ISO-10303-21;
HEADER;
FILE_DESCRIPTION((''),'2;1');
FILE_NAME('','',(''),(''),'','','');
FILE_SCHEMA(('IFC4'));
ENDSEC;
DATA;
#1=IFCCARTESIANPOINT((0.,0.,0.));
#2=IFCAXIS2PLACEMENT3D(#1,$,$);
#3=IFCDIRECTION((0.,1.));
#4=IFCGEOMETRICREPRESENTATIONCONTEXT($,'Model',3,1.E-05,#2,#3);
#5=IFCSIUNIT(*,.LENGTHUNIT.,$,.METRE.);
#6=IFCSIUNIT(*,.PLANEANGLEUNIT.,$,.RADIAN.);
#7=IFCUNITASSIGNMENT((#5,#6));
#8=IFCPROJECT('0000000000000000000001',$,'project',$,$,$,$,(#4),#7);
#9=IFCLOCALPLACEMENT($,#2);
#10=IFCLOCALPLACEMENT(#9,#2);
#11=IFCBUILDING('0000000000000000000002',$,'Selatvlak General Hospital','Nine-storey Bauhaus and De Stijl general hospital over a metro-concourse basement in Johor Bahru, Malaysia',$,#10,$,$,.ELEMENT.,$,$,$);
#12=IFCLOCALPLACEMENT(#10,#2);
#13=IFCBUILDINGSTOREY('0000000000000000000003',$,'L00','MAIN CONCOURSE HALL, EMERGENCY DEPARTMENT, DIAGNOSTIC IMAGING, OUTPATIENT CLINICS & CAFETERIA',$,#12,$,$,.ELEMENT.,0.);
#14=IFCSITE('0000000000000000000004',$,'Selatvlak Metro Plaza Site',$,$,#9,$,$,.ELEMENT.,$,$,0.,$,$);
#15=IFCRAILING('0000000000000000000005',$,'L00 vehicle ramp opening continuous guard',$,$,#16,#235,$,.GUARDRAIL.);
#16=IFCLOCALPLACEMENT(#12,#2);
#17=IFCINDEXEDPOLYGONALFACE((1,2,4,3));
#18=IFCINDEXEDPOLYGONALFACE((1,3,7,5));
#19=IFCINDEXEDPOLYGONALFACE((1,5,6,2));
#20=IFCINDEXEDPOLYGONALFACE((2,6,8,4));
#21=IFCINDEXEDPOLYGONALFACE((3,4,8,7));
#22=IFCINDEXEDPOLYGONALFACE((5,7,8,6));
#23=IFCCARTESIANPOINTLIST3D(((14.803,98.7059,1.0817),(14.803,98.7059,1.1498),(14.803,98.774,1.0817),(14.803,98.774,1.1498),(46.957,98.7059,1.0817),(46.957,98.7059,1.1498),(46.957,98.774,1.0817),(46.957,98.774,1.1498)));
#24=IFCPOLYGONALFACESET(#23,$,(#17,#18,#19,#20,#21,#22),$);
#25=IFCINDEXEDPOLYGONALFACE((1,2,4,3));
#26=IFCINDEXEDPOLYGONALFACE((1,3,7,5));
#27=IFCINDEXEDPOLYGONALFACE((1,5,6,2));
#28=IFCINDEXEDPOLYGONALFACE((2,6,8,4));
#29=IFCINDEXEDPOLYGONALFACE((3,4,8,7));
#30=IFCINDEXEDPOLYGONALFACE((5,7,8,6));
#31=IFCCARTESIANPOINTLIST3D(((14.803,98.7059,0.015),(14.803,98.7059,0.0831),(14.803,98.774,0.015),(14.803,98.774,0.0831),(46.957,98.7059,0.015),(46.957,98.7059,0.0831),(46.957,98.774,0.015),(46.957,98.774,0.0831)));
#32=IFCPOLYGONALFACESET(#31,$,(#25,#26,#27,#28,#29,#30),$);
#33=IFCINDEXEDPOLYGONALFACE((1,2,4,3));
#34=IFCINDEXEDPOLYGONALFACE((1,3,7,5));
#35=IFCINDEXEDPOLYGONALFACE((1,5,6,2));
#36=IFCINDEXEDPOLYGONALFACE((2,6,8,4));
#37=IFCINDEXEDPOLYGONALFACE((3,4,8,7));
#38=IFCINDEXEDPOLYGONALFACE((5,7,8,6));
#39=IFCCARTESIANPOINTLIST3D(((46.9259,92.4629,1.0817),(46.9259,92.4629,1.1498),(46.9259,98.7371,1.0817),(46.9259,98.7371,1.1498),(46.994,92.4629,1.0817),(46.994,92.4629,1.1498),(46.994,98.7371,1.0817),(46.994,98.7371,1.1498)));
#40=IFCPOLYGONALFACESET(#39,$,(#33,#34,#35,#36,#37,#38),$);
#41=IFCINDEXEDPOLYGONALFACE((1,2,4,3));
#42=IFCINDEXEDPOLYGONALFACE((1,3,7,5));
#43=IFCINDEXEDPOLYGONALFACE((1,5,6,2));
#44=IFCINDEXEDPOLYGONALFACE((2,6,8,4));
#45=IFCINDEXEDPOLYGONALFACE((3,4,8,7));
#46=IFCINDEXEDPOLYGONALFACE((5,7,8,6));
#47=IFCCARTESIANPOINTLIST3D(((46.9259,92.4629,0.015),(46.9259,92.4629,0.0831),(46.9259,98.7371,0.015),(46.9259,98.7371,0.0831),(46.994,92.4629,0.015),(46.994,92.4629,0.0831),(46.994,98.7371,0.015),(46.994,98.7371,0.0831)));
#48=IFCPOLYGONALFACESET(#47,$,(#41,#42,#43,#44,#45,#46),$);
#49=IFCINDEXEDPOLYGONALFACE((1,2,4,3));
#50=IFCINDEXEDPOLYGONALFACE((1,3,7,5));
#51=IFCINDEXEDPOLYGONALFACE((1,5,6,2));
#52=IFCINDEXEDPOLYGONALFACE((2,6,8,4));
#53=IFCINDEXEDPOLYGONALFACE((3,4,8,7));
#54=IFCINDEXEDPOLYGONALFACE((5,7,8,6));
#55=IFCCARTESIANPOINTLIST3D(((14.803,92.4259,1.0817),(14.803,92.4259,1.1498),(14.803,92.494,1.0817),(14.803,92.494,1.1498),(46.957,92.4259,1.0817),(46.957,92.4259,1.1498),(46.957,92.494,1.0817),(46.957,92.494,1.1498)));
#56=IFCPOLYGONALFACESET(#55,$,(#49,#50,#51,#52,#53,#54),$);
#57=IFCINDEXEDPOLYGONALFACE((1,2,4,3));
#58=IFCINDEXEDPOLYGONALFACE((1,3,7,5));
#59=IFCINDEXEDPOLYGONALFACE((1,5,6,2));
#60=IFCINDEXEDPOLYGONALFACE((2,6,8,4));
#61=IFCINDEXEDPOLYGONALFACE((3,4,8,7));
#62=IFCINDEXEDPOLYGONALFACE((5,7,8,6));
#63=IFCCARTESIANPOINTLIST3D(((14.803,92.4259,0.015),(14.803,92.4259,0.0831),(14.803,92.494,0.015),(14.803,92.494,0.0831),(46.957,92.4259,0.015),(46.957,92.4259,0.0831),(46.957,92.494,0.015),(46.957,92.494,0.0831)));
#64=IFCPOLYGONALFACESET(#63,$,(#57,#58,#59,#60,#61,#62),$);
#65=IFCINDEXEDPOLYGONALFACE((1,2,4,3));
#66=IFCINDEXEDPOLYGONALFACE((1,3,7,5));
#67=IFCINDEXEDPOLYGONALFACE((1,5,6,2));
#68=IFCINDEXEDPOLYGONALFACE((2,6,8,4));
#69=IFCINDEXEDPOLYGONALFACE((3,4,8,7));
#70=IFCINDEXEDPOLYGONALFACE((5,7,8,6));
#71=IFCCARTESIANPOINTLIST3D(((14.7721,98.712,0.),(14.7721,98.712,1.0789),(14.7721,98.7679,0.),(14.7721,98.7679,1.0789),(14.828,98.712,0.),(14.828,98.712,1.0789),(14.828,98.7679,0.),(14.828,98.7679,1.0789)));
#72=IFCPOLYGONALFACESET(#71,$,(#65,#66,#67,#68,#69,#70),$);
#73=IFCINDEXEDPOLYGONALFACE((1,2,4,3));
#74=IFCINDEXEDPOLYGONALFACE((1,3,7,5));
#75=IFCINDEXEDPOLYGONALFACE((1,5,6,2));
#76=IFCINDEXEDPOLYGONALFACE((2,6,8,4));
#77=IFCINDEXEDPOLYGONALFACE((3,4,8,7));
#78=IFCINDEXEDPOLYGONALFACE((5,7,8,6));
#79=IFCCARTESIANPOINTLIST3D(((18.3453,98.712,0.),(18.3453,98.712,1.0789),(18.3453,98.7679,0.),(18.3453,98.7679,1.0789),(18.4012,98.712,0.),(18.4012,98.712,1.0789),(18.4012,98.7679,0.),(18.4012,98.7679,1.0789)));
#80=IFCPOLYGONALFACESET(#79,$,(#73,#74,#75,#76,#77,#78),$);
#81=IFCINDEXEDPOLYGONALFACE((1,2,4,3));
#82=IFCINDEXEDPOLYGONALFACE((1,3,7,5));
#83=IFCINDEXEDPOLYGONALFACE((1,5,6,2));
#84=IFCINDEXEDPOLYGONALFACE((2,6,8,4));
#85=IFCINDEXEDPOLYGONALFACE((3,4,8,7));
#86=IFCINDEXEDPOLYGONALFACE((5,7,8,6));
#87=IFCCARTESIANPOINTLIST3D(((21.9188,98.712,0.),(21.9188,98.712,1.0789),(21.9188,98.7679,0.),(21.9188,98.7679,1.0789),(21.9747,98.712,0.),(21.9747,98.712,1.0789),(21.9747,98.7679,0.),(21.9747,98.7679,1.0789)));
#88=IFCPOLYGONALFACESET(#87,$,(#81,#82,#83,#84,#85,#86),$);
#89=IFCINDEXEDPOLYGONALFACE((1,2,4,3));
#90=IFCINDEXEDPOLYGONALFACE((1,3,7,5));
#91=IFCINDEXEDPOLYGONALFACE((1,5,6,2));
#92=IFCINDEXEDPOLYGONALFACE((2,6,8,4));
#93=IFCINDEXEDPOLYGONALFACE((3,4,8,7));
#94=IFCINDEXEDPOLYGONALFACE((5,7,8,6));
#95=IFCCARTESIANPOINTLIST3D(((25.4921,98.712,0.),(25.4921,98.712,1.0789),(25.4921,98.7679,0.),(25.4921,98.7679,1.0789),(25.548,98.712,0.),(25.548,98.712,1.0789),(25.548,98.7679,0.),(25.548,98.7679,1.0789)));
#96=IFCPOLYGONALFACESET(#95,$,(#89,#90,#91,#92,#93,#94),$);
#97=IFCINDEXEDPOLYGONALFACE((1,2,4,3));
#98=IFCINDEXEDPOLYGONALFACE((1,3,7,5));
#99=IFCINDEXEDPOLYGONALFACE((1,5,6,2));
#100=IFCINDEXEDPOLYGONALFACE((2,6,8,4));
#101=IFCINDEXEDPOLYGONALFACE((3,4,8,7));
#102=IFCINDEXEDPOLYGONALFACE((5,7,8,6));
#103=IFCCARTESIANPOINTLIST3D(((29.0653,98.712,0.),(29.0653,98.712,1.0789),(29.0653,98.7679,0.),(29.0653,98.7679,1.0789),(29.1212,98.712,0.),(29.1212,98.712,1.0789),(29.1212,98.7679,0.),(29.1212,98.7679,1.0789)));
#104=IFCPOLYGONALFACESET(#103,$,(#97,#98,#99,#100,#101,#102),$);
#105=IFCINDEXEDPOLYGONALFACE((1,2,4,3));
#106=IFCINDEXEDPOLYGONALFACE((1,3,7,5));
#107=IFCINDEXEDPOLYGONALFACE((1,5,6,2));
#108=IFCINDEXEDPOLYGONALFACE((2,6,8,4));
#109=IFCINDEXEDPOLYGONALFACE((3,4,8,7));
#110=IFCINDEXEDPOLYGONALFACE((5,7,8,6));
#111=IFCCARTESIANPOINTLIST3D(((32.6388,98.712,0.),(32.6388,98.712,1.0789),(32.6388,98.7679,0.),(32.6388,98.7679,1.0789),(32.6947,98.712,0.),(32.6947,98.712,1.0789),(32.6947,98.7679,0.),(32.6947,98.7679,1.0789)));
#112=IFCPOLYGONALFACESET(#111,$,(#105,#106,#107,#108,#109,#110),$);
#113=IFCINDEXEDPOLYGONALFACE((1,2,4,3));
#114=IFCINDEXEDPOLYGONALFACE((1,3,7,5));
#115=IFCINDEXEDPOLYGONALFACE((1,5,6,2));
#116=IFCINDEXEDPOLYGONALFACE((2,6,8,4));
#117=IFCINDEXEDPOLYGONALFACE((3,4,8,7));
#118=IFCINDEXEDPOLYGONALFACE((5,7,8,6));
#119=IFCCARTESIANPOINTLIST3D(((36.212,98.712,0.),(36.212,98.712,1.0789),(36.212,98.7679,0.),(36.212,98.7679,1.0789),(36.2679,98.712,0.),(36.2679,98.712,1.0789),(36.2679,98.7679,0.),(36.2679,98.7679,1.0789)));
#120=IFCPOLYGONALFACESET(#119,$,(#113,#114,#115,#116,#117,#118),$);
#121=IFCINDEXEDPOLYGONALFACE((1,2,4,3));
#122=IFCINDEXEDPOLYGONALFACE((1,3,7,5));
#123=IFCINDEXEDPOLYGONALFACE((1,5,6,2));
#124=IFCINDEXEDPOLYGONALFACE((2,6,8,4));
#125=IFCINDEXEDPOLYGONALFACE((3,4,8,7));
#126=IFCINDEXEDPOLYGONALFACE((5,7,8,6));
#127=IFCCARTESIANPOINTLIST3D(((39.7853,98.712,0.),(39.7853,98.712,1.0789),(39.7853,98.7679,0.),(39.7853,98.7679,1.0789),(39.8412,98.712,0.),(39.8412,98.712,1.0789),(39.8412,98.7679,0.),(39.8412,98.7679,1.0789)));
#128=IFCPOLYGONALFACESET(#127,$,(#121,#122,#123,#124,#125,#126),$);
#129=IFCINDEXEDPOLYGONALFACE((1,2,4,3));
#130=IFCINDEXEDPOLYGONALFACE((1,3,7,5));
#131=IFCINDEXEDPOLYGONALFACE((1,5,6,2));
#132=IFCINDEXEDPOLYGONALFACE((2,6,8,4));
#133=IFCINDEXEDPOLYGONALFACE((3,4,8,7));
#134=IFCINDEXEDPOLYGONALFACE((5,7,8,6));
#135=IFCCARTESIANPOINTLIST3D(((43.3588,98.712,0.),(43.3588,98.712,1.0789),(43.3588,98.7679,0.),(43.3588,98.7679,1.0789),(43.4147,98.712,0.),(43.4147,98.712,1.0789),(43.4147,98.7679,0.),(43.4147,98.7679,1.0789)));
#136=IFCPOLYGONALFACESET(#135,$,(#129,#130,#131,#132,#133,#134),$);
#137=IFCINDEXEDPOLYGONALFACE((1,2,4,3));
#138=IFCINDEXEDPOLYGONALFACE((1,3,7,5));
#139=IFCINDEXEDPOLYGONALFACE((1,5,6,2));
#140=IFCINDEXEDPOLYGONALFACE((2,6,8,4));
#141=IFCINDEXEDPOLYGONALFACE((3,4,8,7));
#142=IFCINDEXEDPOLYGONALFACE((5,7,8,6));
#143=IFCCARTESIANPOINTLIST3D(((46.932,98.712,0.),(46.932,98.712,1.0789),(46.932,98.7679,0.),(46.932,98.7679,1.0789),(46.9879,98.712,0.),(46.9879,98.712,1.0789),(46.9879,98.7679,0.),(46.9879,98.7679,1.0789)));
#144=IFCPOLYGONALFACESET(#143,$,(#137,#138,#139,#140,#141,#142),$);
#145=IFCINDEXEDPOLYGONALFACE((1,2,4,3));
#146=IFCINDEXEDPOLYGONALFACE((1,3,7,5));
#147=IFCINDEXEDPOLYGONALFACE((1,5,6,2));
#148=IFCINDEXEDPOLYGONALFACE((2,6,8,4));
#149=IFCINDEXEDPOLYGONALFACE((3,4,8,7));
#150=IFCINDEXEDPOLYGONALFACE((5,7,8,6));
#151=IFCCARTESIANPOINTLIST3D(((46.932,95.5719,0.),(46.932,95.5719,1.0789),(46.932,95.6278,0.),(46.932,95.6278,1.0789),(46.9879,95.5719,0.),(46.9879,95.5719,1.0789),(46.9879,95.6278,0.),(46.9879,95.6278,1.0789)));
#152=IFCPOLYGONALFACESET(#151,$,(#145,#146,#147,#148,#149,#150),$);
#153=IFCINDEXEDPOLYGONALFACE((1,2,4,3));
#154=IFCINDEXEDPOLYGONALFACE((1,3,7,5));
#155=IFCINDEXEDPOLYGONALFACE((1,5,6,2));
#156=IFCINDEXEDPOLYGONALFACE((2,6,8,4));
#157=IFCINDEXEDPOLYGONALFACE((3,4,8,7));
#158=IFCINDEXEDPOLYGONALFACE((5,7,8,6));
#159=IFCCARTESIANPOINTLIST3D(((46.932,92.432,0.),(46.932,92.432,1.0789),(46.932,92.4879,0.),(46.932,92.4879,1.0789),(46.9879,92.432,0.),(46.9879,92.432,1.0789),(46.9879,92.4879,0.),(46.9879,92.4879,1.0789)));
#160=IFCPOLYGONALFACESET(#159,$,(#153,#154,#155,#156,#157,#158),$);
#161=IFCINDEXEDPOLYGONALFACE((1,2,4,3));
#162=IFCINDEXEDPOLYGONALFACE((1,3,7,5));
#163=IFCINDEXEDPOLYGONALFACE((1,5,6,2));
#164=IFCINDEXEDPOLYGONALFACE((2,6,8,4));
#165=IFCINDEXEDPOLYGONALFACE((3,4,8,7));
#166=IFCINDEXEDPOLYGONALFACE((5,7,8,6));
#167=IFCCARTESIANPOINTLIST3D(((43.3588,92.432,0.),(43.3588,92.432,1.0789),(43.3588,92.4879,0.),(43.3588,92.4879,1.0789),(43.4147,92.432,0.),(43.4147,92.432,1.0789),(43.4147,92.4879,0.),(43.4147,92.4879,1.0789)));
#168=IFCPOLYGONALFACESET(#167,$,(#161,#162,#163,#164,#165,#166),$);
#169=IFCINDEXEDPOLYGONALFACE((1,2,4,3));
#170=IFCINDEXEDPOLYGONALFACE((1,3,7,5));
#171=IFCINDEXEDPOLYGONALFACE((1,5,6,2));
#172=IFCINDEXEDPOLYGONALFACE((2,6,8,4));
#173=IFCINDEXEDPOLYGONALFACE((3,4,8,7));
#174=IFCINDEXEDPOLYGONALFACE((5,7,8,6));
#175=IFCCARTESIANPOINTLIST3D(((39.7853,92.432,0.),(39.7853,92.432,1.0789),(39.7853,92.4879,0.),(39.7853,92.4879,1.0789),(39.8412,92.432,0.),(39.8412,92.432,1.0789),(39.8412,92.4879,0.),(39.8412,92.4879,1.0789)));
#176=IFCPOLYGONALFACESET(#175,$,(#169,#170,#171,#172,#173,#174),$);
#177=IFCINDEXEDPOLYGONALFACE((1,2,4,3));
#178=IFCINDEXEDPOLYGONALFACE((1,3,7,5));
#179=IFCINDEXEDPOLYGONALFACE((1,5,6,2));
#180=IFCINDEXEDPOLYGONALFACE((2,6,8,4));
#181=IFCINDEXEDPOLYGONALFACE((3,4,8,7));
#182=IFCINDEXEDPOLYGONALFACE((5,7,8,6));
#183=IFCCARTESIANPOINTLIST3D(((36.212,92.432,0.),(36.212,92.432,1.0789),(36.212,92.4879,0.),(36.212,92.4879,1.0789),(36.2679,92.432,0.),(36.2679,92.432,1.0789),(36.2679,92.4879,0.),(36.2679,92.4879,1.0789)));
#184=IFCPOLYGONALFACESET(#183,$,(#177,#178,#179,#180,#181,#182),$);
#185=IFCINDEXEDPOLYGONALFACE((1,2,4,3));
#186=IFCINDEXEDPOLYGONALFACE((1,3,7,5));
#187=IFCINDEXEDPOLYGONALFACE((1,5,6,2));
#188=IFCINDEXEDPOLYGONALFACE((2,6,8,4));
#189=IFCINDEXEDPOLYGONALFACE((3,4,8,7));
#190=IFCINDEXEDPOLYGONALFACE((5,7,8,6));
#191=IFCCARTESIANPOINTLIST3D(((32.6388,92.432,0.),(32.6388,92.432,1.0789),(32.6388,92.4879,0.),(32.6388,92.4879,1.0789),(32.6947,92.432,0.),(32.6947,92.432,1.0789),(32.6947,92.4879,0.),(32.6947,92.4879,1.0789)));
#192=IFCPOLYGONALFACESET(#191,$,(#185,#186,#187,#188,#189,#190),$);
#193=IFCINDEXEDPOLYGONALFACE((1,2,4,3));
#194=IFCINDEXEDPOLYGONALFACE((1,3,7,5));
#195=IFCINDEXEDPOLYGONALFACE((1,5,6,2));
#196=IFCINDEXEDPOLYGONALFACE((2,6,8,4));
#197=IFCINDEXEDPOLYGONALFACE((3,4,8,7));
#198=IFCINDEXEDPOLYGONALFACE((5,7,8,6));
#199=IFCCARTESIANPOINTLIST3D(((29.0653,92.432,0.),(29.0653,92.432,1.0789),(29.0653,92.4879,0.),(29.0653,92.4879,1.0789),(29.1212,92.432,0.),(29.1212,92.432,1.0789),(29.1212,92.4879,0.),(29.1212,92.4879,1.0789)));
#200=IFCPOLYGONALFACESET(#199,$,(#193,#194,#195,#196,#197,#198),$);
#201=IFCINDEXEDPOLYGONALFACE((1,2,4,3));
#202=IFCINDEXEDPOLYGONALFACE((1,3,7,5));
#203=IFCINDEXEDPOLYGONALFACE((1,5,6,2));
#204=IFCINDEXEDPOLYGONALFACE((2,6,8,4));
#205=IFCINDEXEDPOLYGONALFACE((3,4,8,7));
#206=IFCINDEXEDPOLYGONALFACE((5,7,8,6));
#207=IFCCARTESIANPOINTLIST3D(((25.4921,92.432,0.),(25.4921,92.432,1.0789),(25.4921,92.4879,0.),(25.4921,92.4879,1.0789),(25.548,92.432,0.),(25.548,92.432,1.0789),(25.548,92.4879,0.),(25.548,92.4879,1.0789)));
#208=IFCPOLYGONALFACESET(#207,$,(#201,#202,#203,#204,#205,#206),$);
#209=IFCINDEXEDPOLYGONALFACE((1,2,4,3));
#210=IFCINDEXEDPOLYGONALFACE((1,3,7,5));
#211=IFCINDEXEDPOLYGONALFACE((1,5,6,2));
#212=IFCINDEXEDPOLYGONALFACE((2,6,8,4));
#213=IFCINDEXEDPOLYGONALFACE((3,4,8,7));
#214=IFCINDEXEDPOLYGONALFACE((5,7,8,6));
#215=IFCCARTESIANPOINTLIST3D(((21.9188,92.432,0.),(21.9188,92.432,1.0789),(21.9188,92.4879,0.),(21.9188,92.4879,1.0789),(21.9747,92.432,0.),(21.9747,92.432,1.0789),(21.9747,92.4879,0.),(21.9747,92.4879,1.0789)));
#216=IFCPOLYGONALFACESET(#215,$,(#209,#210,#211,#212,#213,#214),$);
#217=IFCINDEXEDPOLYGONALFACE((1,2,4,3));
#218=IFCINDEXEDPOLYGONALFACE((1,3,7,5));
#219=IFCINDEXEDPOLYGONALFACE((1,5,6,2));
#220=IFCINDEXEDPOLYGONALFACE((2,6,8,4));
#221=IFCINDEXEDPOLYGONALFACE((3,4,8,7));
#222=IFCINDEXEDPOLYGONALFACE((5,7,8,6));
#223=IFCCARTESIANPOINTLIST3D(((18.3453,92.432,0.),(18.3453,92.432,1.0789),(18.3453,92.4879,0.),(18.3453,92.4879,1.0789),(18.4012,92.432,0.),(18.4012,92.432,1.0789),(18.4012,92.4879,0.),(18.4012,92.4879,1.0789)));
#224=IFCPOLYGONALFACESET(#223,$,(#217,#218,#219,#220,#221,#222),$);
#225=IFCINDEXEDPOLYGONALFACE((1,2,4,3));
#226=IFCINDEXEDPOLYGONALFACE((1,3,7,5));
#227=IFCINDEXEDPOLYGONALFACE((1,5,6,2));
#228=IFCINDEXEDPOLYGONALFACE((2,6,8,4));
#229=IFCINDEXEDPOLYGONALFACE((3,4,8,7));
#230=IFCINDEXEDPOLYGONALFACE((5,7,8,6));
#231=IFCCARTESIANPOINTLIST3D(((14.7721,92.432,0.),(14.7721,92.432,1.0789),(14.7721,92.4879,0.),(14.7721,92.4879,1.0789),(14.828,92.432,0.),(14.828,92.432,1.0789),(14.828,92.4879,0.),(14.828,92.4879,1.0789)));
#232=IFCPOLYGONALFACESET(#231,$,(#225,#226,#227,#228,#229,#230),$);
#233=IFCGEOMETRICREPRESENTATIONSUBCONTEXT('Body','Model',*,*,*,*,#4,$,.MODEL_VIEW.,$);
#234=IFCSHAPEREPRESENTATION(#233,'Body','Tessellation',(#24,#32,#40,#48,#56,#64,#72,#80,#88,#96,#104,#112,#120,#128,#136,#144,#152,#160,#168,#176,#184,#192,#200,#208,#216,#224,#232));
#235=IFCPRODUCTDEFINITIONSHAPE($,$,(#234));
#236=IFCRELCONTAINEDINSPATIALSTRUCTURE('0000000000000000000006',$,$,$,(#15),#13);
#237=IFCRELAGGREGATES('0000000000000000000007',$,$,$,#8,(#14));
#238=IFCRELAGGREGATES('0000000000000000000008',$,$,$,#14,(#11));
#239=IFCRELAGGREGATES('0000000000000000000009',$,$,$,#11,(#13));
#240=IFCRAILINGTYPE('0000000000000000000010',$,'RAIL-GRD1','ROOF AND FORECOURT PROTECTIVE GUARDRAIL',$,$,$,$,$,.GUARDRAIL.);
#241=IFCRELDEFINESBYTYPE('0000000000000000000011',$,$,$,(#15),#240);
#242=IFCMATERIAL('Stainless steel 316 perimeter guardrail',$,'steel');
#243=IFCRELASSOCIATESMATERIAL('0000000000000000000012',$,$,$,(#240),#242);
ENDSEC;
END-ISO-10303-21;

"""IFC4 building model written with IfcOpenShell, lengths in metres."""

from ifc_helpers import new_model, si_unit, direction, frame, origin, origin_2d, place, context, subcontext, project, spatial, rectangle, extrude, material, type_object, element, save


model = new_model("IFC4")

# Units and contexts
model_context = context("Model", 3, precision=1e-05, world=origin(), true_north=direction((0.0, 1.0)))
body_context = subcontext(model_context, "Body", "Model", "MODEL_VIEW")
ifc_project = project(units=[si_unit("LENGTHUNIT", "METRE"), si_unit("PLANEANGLEUNIT", "RADIAN")], contexts=[model_context])

# Site, building, storey
site_placement = place(None, origin())
site = spatial("IfcSite", under=ifc_project, at=site_placement, Name="Selatvlak Metro Plaza Site", CompositionType="ELEMENT", RefElevation=0.0)
building_placement = place(site_placement, origin())
building = spatial("IfcBuilding", under=site, at=building_placement, Name="Selatvlak General Hospital", Description="Nine-storey Bauhaus and De Stijl general hospital over a metro-concourse basement in Johor Bahru, Malaysia", CompositionType="ELEMENT")
storey_placement = place(building_placement, origin())
storey = spatial("IfcBuildingStorey", under=building, at=storey_placement, Name="L00", Description="MAIN CONCOURSE HALL, EMERGENCY DEPARTMENT, DIAGNOSTIC IMAGING, OUTPATIENT CLINICS & CAFETERIA", CompositionType="ELEMENT", Elevation=0.0)

# Railing
ifc_material_1 = material(Name="Stainless steel 316 perimeter guardrail", Category="steel")
railing_type = type_object("IfcRailingType", Name="RAIL-GRD1", Description="ROOF AND FORECOURT PROTECTIVE GUARDRAIL", PredefinedType="GUARDRAIL", material=ifc_material_1)
railing_placement = place(storey_placement, frame((14.8, 98.74, 0.0)))
element("IfcRailing", 1, at=railing_placement, inside=storey, type_object=railing_type, Name="L00 vehicle ramp opening continuous guard", PredefinedType="GUARDRAIL", context=body_context, shape_type="SweptSolid", body=[
    extrude(rectangle(XDim=0.0681, YDim=0.0681, at=origin_2d()), frame((0.0029, 0.0, 1.1157), z_axis=(1.0, 0.0, 0.0), x_axis=(0.0, 1.0, 0.0)), (0.0, 0.0, 1.0), 32.1541),
    extrude(rectangle(XDim=0.0681, YDim=0.0681, at=origin_2d()), frame((0.0029, 0.0, 0.0491), z_axis=(1.0, 0.0, 0.0), x_axis=(0.0, 1.0, 0.0)), (0.0, 0.0, 1.0), 32.1541),
    extrude(rectangle(XDim=0.0681, YDim=0.0681, at=origin_2d()), frame((32.1599, -0.0029, 1.1157), z_axis=(0.0, -1.0, 0.0), x_axis=(1.0, 0.0, 0.0)), (0.0, 0.0, 1.0), 6.2742),
    extrude(rectangle(XDim=0.0681, YDim=0.0681, at=origin_2d()), frame((32.1599, -0.0029, 0.0491), z_axis=(0.0, -1.0, 0.0), x_axis=(1.0, 0.0, 0.0)), (0.0, 0.0, 1.0), 6.2742),
    extrude(rectangle(XDim=0.0681, YDim=0.0681, at=origin_2d()), frame((32.157, -6.28, 1.1157), z_axis=(-1.0, 0.0, 0.0), x_axis=(0.0, -1.0, 0.0)), (0.0, 0.0, 1.0), 32.1541),
    extrude(rectangle(XDim=0.0681, YDim=0.0681, at=origin_2d()), frame((32.157, -6.28, 0.0491), z_axis=(-1.0, 0.0, 0.0), x_axis=(0.0, -1.0, 0.0)), (0.0, 0.0, 1.0), 32.1541),
    extrude(rectangle(XDim=0.0559, YDim=0.0559, at=origin_2d()), origin(), (0.0, 0.0, 1.0), 1.0789),
    extrude(rectangle(XDim=0.0559, YDim=0.0559, at=origin_2d()), frame((3.5732, 0.0, 0.0)), (0.0, 0.0, 1.0), 1.0789),
    extrude(rectangle(XDim=0.0559, YDim=0.0559, at=origin_2d()), frame((7.1467, 0.0, 0.0)), (0.0, 0.0, 1.0), 1.0789),
    extrude(rectangle(XDim=0.0559, YDim=0.0559, at=origin_2d()), frame((10.72, 0.0, 0.0)), (0.0, 0.0, 1.0), 1.0789),
    extrude(rectangle(XDim=0.0559, YDim=0.0559, at=origin_2d()), frame((14.2932, 0.0, 0.0)), (0.0, 0.0, 1.0), 1.0789),
    extrude(rectangle(XDim=0.0559, YDim=0.0559, at=origin_2d()), frame((17.8667, 0.0, 0.0)), (0.0, 0.0, 1.0), 1.0789),
    extrude(rectangle(XDim=0.0559, YDim=0.0559, at=origin_2d()), frame((21.4399, 0.0, 0.0)), (0.0, 0.0, 1.0), 1.0789),
    extrude(rectangle(XDim=0.0559, YDim=0.0559, at=origin_2d()), frame((25.0132, 0.0, 0.0)), (0.0, 0.0, 1.0), 1.0789),
    extrude(rectangle(XDim=0.0559, YDim=0.0559, at=origin_2d()), frame((28.5867, 0.0, 0.0)), (0.0, 0.0, 1.0), 1.0789),
    extrude(rectangle(XDim=0.0559, YDim=0.0559, at=origin_2d()), frame((32.1599, 0.0, 0.0)), (0.0, 0.0, 1.0), 1.0789),
    extrude(rectangle(XDim=0.0559, YDim=0.0559, at=origin_2d()), frame((32.1599, -3.1401, 0.0)), (0.0, 0.0, 1.0), 1.0789),
    extrude(rectangle(XDim=0.0559, YDim=0.0559, at=origin_2d()), frame((32.1599, -6.28, 0.0)), (0.0, 0.0, 1.0), 1.0789),
    extrude(rectangle(XDim=0.0559, YDim=0.0559, at=origin_2d()), frame((28.5867, -6.28, 0.0)), (0.0, 0.0, 1.0), 1.0789),
    extrude(rectangle(XDim=0.0559, YDim=0.0559, at=origin_2d()), frame((25.0132, -6.28, 0.0)), (0.0, 0.0, 1.0), 1.0789),
    extrude(rectangle(XDim=0.0559, YDim=0.0559, at=origin_2d()), frame((21.4399, -6.28, 0.0)), (0.0, 0.0, 1.0), 1.0789),
    extrude(rectangle(XDim=0.0559, YDim=0.0559, at=origin_2d()), frame((17.8667, -6.28, 0.0)), (0.0, 0.0, 1.0), 1.0789),
    extrude(rectangle(XDim=0.0559, YDim=0.0559, at=origin_2d()), frame((14.2932, -6.28, 0.0)), (0.0, 0.0, 1.0), 1.0789),
    extrude(rectangle(XDim=0.0559, YDim=0.0559, at=origin_2d()), frame((10.72, -6.28, 0.0)), (0.0, 0.0, 1.0), 1.0789),
    extrude(rectangle(XDim=0.0559, YDim=0.0559, at=origin_2d()), frame((7.1467, -6.28, 0.0)), (0.0, 0.0, 1.0), 1.0789),
    extrude(rectangle(XDim=0.0559, YDim=0.0559, at=origin_2d()), frame((3.5732, -6.28, 0.0)), (0.0, 0.0, 1.0), 1.0789),
    extrude(rectangle(XDim=0.0559, YDim=0.0559, at=origin_2d()), frame((0.0, -6.28, 0.0)), (0.0, 0.0, 1.0), 1.0789),
])

save(model, "model.ifc")
